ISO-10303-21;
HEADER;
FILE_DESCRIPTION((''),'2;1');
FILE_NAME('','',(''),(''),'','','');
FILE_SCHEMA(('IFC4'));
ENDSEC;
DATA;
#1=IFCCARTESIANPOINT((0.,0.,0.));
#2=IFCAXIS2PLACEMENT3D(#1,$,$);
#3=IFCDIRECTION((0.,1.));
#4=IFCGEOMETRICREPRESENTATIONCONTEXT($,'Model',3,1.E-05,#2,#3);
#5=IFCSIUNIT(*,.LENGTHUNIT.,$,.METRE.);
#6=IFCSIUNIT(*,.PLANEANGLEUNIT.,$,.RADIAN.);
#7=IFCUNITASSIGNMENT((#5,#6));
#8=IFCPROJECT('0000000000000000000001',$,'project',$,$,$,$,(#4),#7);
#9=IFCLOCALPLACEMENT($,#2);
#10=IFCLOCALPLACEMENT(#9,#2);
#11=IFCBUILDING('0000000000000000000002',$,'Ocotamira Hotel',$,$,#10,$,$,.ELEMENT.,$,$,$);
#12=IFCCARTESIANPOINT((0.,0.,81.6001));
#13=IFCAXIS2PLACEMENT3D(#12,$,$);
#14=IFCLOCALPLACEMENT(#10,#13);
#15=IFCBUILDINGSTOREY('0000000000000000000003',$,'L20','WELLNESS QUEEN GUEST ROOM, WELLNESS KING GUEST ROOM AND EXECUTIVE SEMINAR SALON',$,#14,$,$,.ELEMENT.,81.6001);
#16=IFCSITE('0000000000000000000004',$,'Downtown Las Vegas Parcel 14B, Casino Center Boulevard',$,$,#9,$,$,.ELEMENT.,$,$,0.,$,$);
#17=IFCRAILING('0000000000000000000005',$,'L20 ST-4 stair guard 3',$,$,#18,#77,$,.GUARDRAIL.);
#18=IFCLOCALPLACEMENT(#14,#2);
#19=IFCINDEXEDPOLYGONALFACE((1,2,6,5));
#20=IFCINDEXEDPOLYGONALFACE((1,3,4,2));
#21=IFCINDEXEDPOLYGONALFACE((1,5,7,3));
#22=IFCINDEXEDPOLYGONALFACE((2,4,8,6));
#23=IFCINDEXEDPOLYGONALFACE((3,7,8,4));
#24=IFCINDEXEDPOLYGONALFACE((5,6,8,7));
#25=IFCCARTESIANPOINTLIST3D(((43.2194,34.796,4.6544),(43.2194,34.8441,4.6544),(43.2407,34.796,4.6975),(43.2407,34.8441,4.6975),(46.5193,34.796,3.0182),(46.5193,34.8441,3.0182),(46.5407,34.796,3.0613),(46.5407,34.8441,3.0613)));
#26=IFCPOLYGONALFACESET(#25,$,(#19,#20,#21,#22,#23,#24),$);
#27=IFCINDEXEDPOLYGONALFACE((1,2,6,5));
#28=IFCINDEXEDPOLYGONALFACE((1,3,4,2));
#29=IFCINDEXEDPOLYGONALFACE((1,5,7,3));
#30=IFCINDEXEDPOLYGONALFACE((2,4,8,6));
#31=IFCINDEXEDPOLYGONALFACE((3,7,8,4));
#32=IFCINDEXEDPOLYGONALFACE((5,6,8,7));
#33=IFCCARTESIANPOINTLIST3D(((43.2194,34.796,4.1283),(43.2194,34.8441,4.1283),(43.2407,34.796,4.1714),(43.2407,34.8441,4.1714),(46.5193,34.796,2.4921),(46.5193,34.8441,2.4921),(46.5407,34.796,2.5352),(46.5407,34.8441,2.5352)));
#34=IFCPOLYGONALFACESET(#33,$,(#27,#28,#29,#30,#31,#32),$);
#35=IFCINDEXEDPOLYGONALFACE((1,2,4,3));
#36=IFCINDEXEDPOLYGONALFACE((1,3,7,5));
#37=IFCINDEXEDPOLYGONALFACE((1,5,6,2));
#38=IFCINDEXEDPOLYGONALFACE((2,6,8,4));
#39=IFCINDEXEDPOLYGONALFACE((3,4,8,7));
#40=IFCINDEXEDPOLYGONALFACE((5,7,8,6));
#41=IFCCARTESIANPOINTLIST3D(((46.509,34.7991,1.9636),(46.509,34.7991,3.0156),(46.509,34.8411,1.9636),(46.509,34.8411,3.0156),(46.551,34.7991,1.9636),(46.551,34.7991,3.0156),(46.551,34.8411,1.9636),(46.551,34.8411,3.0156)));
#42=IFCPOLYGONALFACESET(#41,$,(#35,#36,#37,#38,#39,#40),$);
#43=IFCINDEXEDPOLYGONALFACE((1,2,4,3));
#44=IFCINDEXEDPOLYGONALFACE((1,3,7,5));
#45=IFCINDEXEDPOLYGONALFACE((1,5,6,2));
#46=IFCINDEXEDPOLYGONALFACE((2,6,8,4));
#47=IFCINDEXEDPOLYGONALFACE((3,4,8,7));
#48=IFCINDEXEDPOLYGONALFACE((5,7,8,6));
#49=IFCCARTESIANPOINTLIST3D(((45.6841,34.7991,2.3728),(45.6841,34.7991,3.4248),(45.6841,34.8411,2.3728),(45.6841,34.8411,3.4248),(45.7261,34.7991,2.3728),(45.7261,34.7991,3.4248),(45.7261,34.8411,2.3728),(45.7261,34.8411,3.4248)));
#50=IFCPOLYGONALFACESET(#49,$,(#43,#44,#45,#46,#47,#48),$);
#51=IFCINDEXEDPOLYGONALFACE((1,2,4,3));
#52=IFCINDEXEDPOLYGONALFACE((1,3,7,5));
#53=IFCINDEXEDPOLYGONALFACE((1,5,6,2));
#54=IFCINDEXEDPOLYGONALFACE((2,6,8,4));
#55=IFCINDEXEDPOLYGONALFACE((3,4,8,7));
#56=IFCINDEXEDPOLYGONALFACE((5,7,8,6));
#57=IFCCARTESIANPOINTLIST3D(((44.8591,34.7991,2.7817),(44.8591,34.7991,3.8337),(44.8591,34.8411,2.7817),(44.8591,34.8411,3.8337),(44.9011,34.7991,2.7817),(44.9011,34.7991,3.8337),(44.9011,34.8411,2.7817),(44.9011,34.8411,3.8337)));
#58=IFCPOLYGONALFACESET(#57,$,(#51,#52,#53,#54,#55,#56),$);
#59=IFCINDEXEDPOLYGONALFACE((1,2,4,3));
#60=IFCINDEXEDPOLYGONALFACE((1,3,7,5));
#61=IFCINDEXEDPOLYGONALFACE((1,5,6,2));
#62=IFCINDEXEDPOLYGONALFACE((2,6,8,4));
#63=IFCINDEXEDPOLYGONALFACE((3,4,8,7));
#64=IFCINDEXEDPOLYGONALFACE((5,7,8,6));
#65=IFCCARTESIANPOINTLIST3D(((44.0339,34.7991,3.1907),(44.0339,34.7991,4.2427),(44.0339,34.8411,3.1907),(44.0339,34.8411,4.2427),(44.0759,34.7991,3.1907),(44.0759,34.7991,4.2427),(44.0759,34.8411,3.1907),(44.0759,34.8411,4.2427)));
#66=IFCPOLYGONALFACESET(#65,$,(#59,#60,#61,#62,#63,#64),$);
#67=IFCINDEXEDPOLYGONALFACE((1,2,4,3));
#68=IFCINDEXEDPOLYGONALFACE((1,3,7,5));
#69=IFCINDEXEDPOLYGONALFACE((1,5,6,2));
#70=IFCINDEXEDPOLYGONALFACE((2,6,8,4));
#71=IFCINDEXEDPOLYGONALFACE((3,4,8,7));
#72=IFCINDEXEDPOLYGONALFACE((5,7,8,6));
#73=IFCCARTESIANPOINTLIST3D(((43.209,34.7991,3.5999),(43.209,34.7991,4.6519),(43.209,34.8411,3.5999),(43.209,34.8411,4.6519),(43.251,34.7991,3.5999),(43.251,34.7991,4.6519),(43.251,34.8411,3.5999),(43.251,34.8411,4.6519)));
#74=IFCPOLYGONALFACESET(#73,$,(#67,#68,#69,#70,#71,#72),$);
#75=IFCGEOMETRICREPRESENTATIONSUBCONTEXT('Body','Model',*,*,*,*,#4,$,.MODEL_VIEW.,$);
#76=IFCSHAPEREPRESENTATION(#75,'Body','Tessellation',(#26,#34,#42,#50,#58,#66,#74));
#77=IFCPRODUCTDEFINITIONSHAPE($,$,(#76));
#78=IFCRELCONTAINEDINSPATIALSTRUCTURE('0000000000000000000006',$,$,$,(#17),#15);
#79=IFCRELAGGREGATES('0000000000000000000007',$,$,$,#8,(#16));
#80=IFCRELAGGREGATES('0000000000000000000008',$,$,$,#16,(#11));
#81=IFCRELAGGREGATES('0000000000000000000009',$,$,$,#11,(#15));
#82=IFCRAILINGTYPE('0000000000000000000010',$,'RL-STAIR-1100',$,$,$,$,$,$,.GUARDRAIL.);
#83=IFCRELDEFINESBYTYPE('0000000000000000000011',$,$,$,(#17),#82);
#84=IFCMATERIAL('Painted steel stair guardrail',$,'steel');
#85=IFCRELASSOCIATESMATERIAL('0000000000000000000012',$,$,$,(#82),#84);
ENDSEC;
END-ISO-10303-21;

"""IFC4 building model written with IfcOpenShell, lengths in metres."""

from ifc_helpers import new_model, si_unit, direction, frame, origin, origin_2d, place, context, subcontext, project, spatial, rectangle, extrude, material, type_object, element, save


model = new_model("IFC4")

# Units and contexts
model_context = context("Model", 3, precision=1e-05, world=origin(), true_north=direction((0.0, 1.0)))
body_context = subcontext(model_context, "Body", "Model", "MODEL_VIEW")
ifc_project = project(units=[si_unit("LENGTHUNIT", "METRE"), si_unit("PLANEANGLEUNIT", "RADIAN")], contexts=[model_context])

# Site, building, storey
site_placement = place(None, origin())
site = spatial("IfcSite", under=ifc_project, at=site_placement, Name="Downtown Las Vegas Parcel 14B, Casino Center Boulevard", CompositionType="ELEMENT", RefElevation=0.0)
building_placement = place(site_placement, origin())
building = spatial("IfcBuilding", under=site, at=building_placement, Name="Ocotamira Hotel", CompositionType="ELEMENT")
storey_placement = place(building_placement, frame((0.0, 0.0, 81.6001)))
storey = spatial("IfcBuildingStorey", under=building, at=storey_placement, Name="L20", Description="WELLNESS QUEEN GUEST ROOM, WELLNESS KING GUEST ROOM AND EXECUTIVE SEMINAR SALON", CompositionType="ELEMENT", Elevation=81.6001)

# Railing
ifc_material_1 = material(Name="Painted steel stair guardrail", Category="steel")
railing_type_1 = type_object("IfcRailingType", Name="RL-STAIR-1100", PredefinedType="GUARDRAIL", material=ifc_material_1)
railing_1_placement = place(storey_placement, frame((46.53, 34.8201, 1.9636)))
element("IfcRailing", 1, at=railing_1_placement, inside=storey, type_object=railing_type_1, Name="L20 ST-4 stair guard 3", PredefinedType="GUARDRAIL", context=body_context, shape_type="SweptSolid", body=[
    extrude(rectangle(XDim=0.0481, YDim=0.0481, at=origin_2d()), frame((0.0, 0.0, 1.0762), z_axis=(-0.89592, 0.0, 0.444215), x_axis=(0.0, -1.0, 0.0)), (0.0, 0.0, 1.0), 3.6833),
    extrude(rectangle(XDim=0.0481, YDim=0.0481, at=origin_2d()), frame((0.0, 0.0, 0.55), z_axis=(-0.89592, 0.0, 0.444215), x_axis=(0.0, -1.0, 0.0)), (0.0, 0.0, 1.0), 3.6833),
    extrude(rectangle(XDim=0.042, YDim=0.042, at=origin_2d()), origin(), (0.0, 0.0, 1.0), 1.052),
    extrude(rectangle(XDim=0.042, YDim=0.042, at=origin_2d()), frame((-0.825, 0.0, 0.4092)), (0.0, 0.0, 1.0), 1.052),
    extrude(rectangle(XDim=0.042, YDim=0.042, at=origin_2d()), frame((-1.6499, 0.0, 0.8181)), (0.0, 0.0, 1.0), 1.052),
    extrude(rectangle(XDim=0.042, YDim=0.042, at=origin_2d()), frame((-2.4751, 0.0, 1.2271)), (0.0, 0.0, 1.0), 1.052),
    extrude(rectangle(XDim=0.042, YDim=0.042, at=origin_2d()), frame((-3.3, 0.0, 1.6362)), (0.0, 0.0, 1.0), 1.052),
])

save(model, "model.ifc")
